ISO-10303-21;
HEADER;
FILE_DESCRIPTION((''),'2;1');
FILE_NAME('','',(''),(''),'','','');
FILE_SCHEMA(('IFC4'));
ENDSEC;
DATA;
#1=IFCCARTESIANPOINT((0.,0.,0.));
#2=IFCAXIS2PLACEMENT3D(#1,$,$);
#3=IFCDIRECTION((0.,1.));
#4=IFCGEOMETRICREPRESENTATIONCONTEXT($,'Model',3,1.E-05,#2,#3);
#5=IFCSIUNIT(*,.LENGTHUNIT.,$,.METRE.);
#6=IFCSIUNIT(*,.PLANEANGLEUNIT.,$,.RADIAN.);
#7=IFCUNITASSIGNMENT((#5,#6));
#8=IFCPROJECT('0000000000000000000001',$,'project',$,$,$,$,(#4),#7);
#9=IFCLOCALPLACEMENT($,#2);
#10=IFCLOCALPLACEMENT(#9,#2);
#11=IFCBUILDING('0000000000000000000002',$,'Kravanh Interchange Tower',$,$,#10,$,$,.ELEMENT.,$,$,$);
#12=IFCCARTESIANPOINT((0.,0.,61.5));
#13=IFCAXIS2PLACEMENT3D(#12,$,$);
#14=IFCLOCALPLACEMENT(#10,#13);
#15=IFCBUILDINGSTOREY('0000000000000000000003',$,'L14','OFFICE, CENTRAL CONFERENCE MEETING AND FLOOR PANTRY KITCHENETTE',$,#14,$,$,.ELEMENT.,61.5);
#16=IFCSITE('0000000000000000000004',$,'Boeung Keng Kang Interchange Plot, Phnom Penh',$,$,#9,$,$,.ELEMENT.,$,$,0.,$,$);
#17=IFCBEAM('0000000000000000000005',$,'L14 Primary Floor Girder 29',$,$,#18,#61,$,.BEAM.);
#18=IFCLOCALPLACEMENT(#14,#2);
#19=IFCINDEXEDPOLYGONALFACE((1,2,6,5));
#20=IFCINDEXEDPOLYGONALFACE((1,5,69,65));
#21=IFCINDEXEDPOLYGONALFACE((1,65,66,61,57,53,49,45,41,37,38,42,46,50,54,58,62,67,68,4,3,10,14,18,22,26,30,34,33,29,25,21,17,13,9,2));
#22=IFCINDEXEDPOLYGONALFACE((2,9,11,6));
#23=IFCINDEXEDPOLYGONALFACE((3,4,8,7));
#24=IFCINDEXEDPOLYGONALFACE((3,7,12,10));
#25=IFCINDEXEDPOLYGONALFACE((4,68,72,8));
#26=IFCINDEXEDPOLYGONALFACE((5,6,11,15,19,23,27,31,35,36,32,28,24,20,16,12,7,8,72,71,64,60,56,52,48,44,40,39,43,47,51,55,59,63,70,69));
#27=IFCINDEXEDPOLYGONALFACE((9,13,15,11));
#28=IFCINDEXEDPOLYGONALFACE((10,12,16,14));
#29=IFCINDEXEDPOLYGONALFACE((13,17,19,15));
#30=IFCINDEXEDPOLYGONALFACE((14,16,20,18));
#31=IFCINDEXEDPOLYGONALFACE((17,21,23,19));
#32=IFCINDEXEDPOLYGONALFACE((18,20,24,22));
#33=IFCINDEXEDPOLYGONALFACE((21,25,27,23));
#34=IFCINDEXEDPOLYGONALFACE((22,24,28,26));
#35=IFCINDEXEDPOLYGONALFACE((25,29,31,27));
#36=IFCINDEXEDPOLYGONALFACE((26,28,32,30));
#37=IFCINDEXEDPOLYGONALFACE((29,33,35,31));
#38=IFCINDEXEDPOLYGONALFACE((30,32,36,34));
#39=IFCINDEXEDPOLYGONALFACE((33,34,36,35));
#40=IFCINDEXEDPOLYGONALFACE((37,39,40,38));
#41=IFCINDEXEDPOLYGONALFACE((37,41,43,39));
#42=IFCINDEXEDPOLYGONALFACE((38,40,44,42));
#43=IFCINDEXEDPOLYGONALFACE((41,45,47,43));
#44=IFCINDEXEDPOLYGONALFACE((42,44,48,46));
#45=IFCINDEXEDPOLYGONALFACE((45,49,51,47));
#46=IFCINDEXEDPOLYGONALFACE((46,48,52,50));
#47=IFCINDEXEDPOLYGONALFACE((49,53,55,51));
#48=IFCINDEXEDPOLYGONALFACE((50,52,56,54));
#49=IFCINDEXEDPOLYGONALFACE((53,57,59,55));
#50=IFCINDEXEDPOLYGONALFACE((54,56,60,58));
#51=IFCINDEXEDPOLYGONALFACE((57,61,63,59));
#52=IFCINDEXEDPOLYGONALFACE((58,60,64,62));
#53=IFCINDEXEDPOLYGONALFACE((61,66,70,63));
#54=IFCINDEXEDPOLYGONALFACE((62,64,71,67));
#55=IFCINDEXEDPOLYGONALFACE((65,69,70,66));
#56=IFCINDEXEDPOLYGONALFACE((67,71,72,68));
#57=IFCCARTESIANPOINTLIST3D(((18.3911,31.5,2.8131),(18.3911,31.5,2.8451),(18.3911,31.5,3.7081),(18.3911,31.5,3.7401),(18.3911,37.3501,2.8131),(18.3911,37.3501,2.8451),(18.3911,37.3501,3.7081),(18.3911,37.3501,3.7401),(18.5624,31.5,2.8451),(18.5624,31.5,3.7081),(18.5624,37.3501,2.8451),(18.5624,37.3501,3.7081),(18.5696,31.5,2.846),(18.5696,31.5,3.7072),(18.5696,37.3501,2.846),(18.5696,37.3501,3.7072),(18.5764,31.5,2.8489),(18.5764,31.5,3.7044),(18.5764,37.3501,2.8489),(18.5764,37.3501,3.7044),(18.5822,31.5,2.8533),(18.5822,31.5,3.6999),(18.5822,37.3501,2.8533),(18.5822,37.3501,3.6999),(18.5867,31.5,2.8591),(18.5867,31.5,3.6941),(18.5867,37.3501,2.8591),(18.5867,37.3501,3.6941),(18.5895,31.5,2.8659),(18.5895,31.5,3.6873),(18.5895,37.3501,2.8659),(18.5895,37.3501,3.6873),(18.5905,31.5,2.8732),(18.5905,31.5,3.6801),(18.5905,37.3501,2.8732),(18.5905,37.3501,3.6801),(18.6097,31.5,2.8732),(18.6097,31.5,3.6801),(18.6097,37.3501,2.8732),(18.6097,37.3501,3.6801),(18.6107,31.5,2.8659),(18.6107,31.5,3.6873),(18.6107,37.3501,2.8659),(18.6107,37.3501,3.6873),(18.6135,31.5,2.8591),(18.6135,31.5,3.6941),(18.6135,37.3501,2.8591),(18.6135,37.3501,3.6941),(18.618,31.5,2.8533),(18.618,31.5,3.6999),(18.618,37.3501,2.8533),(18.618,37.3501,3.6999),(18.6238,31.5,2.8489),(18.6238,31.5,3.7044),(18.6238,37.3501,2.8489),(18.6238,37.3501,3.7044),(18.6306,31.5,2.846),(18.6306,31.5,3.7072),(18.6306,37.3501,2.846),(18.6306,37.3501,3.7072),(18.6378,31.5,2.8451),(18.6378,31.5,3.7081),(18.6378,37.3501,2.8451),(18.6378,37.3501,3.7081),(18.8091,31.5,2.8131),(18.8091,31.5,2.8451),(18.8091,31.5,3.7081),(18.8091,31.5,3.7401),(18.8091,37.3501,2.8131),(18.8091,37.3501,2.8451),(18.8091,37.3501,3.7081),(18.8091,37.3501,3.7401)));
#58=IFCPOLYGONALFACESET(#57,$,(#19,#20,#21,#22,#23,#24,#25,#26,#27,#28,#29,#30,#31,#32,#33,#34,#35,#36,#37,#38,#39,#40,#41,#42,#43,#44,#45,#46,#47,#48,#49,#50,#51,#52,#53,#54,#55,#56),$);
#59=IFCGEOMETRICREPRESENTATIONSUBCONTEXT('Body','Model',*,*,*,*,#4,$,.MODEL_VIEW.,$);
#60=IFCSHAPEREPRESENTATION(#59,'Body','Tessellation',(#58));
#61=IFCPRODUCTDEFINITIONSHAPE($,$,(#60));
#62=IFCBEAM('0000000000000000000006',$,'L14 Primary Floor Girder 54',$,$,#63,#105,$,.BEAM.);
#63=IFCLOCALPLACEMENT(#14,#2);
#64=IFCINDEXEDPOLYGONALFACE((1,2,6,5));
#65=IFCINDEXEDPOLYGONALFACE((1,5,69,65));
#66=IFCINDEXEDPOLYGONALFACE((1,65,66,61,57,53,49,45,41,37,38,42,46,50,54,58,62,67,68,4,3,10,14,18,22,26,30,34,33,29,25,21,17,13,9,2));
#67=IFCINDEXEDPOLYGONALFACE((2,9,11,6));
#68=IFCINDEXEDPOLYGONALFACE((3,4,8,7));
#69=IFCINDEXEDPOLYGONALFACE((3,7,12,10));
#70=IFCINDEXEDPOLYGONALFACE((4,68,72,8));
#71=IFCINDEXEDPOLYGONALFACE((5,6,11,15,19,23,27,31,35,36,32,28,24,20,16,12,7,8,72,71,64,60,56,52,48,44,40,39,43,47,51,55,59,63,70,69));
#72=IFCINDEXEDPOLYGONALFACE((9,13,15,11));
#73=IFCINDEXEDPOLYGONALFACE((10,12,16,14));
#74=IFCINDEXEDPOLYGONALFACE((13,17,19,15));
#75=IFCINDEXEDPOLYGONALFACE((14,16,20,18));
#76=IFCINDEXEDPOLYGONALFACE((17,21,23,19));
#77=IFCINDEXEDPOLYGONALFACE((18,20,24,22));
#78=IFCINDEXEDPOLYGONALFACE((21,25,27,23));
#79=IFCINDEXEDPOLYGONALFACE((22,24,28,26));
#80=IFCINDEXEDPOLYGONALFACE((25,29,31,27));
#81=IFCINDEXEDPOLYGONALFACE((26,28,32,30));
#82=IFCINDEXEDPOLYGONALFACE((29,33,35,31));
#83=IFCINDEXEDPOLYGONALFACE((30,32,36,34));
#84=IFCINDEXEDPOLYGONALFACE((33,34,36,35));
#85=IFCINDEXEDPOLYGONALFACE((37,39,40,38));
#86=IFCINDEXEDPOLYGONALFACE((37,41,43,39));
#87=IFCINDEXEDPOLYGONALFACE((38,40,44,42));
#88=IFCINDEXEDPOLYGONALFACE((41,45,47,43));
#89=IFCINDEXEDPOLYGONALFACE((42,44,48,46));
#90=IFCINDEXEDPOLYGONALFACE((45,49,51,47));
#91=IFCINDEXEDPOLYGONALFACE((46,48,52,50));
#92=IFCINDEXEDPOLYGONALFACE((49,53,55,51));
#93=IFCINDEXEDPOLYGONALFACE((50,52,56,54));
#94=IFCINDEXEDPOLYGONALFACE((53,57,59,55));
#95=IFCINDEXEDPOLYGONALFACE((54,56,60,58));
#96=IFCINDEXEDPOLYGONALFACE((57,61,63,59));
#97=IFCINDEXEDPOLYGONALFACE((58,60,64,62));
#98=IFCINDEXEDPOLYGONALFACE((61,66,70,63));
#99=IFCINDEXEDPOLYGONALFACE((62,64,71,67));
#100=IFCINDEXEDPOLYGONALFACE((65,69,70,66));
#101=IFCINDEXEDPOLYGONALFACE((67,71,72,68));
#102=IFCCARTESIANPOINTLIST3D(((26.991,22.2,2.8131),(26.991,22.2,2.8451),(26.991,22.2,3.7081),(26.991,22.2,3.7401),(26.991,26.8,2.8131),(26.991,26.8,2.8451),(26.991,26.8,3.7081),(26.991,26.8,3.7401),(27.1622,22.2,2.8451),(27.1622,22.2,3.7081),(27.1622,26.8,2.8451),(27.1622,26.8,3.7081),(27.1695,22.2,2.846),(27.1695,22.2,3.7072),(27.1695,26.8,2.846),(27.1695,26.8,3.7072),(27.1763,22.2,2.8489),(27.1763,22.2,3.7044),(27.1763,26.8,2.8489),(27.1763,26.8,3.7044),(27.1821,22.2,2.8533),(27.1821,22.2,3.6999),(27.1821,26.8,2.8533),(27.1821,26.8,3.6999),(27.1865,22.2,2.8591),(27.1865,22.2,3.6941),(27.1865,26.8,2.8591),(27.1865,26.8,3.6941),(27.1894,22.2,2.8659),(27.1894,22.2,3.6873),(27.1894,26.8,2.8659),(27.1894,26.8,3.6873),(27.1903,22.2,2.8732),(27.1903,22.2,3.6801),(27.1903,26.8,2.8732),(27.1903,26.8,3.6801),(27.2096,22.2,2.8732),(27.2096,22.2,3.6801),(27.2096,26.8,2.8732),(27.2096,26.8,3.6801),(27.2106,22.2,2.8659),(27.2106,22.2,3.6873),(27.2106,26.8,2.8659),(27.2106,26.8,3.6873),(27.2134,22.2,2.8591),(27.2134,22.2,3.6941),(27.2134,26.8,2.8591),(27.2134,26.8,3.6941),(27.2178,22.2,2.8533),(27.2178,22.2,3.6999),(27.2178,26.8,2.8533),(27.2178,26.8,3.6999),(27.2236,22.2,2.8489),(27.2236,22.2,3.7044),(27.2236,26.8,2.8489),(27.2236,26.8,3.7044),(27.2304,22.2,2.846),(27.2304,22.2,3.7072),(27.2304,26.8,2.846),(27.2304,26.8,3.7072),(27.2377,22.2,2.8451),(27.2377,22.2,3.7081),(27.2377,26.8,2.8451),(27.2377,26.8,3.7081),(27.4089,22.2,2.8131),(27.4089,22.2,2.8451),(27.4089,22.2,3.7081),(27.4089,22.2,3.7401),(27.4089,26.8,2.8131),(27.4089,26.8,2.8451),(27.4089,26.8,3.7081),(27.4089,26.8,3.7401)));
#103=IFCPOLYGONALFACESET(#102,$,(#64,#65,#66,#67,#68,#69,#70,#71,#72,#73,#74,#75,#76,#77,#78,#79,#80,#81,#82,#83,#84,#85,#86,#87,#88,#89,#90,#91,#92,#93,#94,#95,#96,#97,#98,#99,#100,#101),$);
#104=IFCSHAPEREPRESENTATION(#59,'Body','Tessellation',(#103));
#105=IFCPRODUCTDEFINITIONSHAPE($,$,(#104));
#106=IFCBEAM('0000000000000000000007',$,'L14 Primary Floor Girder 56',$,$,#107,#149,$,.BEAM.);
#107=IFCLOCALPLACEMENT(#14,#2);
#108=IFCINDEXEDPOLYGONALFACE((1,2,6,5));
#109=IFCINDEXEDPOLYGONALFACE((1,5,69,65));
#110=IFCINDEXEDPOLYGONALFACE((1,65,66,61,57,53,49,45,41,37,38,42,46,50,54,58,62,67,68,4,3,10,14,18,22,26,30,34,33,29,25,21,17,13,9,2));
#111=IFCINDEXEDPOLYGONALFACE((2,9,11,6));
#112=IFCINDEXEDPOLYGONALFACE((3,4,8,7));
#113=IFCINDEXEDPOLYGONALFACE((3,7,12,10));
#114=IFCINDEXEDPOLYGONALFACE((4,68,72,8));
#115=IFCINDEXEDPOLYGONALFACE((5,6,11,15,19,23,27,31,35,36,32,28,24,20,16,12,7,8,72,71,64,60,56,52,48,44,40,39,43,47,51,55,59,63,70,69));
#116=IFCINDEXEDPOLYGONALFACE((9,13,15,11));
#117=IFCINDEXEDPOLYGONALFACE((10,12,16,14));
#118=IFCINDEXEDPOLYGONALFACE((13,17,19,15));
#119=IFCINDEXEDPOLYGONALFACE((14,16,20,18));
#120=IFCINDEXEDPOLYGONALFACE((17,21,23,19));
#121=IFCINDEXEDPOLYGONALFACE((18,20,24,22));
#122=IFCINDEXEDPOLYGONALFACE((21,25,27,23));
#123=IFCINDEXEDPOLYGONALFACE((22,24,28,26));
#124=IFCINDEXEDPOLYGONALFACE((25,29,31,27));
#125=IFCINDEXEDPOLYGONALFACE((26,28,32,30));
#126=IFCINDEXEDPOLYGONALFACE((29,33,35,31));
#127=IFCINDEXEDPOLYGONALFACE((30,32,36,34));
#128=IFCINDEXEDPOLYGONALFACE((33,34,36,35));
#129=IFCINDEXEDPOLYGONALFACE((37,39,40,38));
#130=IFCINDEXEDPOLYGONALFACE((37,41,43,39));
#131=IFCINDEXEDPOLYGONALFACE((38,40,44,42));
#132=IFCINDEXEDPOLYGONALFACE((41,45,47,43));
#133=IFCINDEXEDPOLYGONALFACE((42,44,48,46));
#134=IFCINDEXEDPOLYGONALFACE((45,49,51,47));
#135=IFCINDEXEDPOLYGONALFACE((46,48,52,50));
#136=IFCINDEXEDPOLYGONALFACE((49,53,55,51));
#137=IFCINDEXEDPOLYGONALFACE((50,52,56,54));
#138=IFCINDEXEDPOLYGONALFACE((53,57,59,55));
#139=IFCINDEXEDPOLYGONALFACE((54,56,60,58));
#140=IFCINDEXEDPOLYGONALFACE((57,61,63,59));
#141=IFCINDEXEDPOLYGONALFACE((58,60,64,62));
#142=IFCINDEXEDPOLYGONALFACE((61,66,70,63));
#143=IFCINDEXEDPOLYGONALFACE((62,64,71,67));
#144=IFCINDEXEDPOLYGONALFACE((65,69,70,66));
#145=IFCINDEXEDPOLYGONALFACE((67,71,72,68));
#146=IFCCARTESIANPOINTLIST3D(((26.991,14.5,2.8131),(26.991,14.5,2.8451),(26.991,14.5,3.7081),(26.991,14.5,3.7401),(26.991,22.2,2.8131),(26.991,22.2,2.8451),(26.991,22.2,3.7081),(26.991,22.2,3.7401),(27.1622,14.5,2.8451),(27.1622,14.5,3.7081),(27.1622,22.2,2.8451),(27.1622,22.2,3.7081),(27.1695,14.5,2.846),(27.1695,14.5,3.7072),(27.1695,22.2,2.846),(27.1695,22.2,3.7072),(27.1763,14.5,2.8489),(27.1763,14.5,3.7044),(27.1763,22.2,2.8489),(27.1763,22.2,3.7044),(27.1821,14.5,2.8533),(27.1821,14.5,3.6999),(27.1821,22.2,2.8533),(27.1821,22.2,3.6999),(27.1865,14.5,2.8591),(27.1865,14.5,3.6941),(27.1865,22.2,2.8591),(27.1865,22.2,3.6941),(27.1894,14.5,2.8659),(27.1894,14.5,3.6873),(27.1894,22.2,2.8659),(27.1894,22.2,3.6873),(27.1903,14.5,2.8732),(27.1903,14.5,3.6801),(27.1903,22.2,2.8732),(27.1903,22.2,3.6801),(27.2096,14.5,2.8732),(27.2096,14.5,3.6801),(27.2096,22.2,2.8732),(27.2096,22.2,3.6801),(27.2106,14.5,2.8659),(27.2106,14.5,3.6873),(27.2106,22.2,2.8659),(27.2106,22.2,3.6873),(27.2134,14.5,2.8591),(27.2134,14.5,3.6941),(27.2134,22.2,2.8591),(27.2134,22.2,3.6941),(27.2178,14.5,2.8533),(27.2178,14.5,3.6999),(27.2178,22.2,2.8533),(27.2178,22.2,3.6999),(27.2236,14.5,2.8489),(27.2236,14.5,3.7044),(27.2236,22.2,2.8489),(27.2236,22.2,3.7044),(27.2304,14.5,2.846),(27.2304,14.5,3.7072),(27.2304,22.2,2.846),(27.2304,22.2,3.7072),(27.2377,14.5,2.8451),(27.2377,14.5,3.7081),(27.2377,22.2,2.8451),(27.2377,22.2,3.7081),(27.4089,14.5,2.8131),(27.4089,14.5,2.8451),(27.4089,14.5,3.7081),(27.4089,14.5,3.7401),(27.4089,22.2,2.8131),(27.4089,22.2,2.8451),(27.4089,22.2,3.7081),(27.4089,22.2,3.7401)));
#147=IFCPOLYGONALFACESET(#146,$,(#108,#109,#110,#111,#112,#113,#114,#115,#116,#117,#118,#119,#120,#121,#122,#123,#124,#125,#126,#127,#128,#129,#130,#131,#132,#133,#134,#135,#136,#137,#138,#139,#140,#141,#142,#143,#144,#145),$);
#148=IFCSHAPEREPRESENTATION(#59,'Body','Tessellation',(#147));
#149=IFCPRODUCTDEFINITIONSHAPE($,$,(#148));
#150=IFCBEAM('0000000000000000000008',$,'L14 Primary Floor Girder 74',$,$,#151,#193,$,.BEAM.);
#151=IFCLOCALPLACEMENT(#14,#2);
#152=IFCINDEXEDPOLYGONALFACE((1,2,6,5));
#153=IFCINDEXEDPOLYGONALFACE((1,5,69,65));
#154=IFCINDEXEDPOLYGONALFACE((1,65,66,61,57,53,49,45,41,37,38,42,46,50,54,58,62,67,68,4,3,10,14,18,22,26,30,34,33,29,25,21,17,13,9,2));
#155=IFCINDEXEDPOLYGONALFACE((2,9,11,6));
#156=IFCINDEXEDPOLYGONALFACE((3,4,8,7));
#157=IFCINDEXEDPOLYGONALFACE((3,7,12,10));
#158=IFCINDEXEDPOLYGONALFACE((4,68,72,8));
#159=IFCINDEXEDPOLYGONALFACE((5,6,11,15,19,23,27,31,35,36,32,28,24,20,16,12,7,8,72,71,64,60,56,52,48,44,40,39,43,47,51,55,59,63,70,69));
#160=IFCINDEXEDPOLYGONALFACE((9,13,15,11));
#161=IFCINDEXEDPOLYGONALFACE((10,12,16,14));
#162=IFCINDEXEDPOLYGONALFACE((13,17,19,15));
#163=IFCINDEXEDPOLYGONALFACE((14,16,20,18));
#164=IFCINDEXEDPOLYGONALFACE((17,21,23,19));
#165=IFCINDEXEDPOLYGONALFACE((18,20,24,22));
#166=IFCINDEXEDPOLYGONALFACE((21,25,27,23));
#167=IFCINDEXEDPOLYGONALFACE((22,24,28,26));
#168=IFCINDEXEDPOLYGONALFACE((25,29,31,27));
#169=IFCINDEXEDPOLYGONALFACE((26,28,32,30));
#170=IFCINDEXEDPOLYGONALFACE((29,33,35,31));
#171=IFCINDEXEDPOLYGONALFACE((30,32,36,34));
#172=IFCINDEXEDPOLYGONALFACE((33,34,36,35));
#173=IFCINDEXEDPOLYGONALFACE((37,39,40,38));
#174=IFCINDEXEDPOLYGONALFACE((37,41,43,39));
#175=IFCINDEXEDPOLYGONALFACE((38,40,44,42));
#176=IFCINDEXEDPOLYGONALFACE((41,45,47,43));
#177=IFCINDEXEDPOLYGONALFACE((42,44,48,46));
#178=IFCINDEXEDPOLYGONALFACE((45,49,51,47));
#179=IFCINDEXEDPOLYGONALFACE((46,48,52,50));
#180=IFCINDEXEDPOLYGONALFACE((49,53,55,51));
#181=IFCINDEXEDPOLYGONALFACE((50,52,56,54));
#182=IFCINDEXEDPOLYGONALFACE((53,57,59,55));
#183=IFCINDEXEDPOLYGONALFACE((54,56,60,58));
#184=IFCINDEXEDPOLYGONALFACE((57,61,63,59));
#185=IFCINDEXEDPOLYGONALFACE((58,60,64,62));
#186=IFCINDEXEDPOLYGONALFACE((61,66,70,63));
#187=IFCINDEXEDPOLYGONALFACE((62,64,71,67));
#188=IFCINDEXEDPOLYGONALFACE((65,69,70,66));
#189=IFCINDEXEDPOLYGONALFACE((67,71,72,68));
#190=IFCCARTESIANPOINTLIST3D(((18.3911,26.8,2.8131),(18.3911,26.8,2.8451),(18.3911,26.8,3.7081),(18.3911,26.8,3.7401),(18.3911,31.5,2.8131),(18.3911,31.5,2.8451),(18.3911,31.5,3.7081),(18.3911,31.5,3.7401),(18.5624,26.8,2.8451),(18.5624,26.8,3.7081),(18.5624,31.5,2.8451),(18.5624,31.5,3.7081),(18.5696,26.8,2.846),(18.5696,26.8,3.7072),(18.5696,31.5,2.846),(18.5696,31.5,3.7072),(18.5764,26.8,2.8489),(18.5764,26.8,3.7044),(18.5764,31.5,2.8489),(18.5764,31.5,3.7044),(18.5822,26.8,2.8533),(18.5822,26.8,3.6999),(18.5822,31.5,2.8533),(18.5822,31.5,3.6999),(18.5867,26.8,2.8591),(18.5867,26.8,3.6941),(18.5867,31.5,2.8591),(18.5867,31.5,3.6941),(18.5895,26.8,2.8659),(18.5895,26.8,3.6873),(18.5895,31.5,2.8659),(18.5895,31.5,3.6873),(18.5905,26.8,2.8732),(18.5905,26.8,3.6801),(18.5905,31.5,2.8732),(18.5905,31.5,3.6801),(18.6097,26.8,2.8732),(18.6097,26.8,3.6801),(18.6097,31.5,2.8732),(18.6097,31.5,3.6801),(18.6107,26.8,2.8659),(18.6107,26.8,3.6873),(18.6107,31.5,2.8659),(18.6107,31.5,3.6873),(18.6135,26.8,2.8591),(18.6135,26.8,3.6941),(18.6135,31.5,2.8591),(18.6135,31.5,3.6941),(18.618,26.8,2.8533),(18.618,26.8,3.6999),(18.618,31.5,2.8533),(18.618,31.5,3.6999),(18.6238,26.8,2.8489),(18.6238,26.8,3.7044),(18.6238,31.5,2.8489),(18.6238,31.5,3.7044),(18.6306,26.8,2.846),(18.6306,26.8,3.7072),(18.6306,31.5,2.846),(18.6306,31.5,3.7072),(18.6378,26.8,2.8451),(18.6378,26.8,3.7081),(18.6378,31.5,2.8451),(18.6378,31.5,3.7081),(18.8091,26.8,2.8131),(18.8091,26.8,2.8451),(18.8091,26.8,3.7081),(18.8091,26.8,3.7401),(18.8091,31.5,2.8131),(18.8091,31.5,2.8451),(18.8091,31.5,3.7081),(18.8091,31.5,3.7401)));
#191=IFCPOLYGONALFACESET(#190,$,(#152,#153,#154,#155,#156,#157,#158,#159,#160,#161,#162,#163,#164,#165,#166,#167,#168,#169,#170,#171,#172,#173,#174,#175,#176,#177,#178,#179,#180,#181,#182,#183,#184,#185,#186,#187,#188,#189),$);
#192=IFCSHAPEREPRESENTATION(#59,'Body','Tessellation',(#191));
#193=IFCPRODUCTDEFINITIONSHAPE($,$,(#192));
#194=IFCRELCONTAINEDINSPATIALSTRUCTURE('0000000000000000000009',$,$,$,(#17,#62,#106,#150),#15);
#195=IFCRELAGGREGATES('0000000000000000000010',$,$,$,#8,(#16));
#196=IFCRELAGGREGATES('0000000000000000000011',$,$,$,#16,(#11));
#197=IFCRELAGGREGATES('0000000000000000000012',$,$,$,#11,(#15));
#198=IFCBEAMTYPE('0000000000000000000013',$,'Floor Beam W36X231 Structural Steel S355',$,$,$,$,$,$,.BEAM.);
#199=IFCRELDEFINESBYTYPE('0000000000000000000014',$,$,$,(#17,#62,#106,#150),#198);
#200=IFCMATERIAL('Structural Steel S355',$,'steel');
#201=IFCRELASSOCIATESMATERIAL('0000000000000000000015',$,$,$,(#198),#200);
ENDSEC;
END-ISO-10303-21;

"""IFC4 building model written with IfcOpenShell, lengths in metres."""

from ifc_helpers import new_model, si_unit, direction, frame, origin, origin_2d, place, context, subcontext, project, spatial, i_section, extrude, material, material_profile, profile_set, type_object, element, save


model = new_model("IFC4")

# Units and contexts
model_context = context("Model", 3, precision=1e-05, world=origin(), true_north=direction((0.0, 1.0)))
body_context = subcontext(model_context, "Body", "Model", "MODEL_VIEW")
ifc_project = project(units=[si_unit("LENGTHUNIT", "METRE"), si_unit("PLANEANGLEUNIT", "RADIAN")], contexts=[model_context])

# Site, building, storey
site_placement = place(None, origin())
site = spatial("IfcSite", under=ifc_project, at=site_placement, Name="Boeung Keng Kang Interchange Plot, Phnom Penh", CompositionType="ELEMENT", RefElevation=0.0)
building_placement = place(site_placement, origin())
building = spatial("IfcBuilding", under=site, at=building_placement, Name="Kravanh Interchange Tower", CompositionType="ELEMENT")
storey_placement = place(building_placement, frame((0.0, 0.0, 61.5)))
storey = spatial("IfcBuildingStorey", under=building, at=storey_placement, Name="L14", Description="OFFICE, CENTRAL CONFERENCE MEETING AND FLOOR PANTRY KITCHENETTE", CompositionType="ELEMENT", Elevation=61.5)

# Beams
ifc_material_1 = material(Name="Structural Steel S355", Category="steel")
ifc_material_profile_1 = material_profile(ifc_material_1, i_section(OverallWidth=0.418, OverallDepth=0.927, WebThickness=0.0193, FlangeThickness=0.032, FilletRadius=0.0281, at=origin_2d()), Name="W36X231")
ifc_profile_set_1 = profile_set([ifc_material_profile_1], Name="Structural Steel S355")
beam_type_1 = type_object("IfcBeamType", Name="Floor Beam W36X231 Structural Steel S355", PredefinedType="BEAM", material=ifc_profile_set_1)
beam_1_placement = place(storey_placement, frame((18.6001, 37.3501, 3.2766), z_axis=(0.0, -1.0, 0.0), x_axis=(1.0, 0.0, 0.0)))
element("IfcBeam", 1, at=beam_1_placement, inside=storey, type_object=beam_type_1, Name="L14 Primary Floor Girder 29", PredefinedType="BEAM", context=body_context, shape_type="SweptSolid", body=[
    extrude(i_section(OverallWidth=0.418, OverallDepth=0.927, WebThickness=0.0193, FlangeThickness=0.032, FilletRadius=0.0281, at=origin_2d()), origin(), (0.0, 0.0, 1.0), 5.8501),
])
beam_2_placement = place(storey_placement, frame((27.2, 22.2, 3.2766), z_axis=(0.0, 1.0, 0.0), x_axis=(-1.0, 0.0, 0.0)))
element("IfcBeam", 2, at=beam_2_placement, inside=storey, type_object=beam_type_1, Name="L14 Primary Floor Girder 54", PredefinedType="BEAM", context=body_context, shape_type="SweptSolid", body=[
    extrude(i_section(OverallWidth=0.418, OverallDepth=0.927, WebThickness=0.0193, FlangeThickness=0.032, FilletRadius=0.0281, at=origin_2d()), origin(), (0.0, 0.0, 1.0), 4.6001),
])
beam_3_placement = place(storey_placement, frame((27.2, 22.2, 3.2766), z_axis=(0.0, -1.0, 0.0), x_axis=(1.0, 0.0, 0.0)))
element("IfcBeam", 3, at=beam_3_placement, inside=storey, type_object=beam_type_1, Name="L14 Primary Floor Girder 56", PredefinedType="BEAM", context=body_context, shape_type="SweptSolid", body=[
    extrude(i_section(OverallWidth=0.418, OverallDepth=0.927, WebThickness=0.0193, FlangeThickness=0.032, FilletRadius=0.0281, at=origin_2d()), origin(), (0.0, 0.0, 1.0), 7.7),
])
beam_4_placement = place(storey_placement, frame((18.6001, 26.8, 3.2766), z_axis=(0.0, 1.0, 0.0), x_axis=(-1.0, 0.0, 0.0)))
element("IfcBeam", 4, at=beam_4_placement, inside=storey, type_object=beam_type_1, Name="L14 Primary Floor Girder 74", PredefinedType="BEAM", context=body_context, shape_type="SweptSolid", body=[
    extrude(i_section(OverallWidth=0.418, OverallDepth=0.927, WebThickness=0.0193, FlangeThickness=0.032, FilletRadius=0.0281, at=origin_2d()), origin(), (0.0, 0.0, 1.0), 4.7),
])

save(model, "model.ifc")
